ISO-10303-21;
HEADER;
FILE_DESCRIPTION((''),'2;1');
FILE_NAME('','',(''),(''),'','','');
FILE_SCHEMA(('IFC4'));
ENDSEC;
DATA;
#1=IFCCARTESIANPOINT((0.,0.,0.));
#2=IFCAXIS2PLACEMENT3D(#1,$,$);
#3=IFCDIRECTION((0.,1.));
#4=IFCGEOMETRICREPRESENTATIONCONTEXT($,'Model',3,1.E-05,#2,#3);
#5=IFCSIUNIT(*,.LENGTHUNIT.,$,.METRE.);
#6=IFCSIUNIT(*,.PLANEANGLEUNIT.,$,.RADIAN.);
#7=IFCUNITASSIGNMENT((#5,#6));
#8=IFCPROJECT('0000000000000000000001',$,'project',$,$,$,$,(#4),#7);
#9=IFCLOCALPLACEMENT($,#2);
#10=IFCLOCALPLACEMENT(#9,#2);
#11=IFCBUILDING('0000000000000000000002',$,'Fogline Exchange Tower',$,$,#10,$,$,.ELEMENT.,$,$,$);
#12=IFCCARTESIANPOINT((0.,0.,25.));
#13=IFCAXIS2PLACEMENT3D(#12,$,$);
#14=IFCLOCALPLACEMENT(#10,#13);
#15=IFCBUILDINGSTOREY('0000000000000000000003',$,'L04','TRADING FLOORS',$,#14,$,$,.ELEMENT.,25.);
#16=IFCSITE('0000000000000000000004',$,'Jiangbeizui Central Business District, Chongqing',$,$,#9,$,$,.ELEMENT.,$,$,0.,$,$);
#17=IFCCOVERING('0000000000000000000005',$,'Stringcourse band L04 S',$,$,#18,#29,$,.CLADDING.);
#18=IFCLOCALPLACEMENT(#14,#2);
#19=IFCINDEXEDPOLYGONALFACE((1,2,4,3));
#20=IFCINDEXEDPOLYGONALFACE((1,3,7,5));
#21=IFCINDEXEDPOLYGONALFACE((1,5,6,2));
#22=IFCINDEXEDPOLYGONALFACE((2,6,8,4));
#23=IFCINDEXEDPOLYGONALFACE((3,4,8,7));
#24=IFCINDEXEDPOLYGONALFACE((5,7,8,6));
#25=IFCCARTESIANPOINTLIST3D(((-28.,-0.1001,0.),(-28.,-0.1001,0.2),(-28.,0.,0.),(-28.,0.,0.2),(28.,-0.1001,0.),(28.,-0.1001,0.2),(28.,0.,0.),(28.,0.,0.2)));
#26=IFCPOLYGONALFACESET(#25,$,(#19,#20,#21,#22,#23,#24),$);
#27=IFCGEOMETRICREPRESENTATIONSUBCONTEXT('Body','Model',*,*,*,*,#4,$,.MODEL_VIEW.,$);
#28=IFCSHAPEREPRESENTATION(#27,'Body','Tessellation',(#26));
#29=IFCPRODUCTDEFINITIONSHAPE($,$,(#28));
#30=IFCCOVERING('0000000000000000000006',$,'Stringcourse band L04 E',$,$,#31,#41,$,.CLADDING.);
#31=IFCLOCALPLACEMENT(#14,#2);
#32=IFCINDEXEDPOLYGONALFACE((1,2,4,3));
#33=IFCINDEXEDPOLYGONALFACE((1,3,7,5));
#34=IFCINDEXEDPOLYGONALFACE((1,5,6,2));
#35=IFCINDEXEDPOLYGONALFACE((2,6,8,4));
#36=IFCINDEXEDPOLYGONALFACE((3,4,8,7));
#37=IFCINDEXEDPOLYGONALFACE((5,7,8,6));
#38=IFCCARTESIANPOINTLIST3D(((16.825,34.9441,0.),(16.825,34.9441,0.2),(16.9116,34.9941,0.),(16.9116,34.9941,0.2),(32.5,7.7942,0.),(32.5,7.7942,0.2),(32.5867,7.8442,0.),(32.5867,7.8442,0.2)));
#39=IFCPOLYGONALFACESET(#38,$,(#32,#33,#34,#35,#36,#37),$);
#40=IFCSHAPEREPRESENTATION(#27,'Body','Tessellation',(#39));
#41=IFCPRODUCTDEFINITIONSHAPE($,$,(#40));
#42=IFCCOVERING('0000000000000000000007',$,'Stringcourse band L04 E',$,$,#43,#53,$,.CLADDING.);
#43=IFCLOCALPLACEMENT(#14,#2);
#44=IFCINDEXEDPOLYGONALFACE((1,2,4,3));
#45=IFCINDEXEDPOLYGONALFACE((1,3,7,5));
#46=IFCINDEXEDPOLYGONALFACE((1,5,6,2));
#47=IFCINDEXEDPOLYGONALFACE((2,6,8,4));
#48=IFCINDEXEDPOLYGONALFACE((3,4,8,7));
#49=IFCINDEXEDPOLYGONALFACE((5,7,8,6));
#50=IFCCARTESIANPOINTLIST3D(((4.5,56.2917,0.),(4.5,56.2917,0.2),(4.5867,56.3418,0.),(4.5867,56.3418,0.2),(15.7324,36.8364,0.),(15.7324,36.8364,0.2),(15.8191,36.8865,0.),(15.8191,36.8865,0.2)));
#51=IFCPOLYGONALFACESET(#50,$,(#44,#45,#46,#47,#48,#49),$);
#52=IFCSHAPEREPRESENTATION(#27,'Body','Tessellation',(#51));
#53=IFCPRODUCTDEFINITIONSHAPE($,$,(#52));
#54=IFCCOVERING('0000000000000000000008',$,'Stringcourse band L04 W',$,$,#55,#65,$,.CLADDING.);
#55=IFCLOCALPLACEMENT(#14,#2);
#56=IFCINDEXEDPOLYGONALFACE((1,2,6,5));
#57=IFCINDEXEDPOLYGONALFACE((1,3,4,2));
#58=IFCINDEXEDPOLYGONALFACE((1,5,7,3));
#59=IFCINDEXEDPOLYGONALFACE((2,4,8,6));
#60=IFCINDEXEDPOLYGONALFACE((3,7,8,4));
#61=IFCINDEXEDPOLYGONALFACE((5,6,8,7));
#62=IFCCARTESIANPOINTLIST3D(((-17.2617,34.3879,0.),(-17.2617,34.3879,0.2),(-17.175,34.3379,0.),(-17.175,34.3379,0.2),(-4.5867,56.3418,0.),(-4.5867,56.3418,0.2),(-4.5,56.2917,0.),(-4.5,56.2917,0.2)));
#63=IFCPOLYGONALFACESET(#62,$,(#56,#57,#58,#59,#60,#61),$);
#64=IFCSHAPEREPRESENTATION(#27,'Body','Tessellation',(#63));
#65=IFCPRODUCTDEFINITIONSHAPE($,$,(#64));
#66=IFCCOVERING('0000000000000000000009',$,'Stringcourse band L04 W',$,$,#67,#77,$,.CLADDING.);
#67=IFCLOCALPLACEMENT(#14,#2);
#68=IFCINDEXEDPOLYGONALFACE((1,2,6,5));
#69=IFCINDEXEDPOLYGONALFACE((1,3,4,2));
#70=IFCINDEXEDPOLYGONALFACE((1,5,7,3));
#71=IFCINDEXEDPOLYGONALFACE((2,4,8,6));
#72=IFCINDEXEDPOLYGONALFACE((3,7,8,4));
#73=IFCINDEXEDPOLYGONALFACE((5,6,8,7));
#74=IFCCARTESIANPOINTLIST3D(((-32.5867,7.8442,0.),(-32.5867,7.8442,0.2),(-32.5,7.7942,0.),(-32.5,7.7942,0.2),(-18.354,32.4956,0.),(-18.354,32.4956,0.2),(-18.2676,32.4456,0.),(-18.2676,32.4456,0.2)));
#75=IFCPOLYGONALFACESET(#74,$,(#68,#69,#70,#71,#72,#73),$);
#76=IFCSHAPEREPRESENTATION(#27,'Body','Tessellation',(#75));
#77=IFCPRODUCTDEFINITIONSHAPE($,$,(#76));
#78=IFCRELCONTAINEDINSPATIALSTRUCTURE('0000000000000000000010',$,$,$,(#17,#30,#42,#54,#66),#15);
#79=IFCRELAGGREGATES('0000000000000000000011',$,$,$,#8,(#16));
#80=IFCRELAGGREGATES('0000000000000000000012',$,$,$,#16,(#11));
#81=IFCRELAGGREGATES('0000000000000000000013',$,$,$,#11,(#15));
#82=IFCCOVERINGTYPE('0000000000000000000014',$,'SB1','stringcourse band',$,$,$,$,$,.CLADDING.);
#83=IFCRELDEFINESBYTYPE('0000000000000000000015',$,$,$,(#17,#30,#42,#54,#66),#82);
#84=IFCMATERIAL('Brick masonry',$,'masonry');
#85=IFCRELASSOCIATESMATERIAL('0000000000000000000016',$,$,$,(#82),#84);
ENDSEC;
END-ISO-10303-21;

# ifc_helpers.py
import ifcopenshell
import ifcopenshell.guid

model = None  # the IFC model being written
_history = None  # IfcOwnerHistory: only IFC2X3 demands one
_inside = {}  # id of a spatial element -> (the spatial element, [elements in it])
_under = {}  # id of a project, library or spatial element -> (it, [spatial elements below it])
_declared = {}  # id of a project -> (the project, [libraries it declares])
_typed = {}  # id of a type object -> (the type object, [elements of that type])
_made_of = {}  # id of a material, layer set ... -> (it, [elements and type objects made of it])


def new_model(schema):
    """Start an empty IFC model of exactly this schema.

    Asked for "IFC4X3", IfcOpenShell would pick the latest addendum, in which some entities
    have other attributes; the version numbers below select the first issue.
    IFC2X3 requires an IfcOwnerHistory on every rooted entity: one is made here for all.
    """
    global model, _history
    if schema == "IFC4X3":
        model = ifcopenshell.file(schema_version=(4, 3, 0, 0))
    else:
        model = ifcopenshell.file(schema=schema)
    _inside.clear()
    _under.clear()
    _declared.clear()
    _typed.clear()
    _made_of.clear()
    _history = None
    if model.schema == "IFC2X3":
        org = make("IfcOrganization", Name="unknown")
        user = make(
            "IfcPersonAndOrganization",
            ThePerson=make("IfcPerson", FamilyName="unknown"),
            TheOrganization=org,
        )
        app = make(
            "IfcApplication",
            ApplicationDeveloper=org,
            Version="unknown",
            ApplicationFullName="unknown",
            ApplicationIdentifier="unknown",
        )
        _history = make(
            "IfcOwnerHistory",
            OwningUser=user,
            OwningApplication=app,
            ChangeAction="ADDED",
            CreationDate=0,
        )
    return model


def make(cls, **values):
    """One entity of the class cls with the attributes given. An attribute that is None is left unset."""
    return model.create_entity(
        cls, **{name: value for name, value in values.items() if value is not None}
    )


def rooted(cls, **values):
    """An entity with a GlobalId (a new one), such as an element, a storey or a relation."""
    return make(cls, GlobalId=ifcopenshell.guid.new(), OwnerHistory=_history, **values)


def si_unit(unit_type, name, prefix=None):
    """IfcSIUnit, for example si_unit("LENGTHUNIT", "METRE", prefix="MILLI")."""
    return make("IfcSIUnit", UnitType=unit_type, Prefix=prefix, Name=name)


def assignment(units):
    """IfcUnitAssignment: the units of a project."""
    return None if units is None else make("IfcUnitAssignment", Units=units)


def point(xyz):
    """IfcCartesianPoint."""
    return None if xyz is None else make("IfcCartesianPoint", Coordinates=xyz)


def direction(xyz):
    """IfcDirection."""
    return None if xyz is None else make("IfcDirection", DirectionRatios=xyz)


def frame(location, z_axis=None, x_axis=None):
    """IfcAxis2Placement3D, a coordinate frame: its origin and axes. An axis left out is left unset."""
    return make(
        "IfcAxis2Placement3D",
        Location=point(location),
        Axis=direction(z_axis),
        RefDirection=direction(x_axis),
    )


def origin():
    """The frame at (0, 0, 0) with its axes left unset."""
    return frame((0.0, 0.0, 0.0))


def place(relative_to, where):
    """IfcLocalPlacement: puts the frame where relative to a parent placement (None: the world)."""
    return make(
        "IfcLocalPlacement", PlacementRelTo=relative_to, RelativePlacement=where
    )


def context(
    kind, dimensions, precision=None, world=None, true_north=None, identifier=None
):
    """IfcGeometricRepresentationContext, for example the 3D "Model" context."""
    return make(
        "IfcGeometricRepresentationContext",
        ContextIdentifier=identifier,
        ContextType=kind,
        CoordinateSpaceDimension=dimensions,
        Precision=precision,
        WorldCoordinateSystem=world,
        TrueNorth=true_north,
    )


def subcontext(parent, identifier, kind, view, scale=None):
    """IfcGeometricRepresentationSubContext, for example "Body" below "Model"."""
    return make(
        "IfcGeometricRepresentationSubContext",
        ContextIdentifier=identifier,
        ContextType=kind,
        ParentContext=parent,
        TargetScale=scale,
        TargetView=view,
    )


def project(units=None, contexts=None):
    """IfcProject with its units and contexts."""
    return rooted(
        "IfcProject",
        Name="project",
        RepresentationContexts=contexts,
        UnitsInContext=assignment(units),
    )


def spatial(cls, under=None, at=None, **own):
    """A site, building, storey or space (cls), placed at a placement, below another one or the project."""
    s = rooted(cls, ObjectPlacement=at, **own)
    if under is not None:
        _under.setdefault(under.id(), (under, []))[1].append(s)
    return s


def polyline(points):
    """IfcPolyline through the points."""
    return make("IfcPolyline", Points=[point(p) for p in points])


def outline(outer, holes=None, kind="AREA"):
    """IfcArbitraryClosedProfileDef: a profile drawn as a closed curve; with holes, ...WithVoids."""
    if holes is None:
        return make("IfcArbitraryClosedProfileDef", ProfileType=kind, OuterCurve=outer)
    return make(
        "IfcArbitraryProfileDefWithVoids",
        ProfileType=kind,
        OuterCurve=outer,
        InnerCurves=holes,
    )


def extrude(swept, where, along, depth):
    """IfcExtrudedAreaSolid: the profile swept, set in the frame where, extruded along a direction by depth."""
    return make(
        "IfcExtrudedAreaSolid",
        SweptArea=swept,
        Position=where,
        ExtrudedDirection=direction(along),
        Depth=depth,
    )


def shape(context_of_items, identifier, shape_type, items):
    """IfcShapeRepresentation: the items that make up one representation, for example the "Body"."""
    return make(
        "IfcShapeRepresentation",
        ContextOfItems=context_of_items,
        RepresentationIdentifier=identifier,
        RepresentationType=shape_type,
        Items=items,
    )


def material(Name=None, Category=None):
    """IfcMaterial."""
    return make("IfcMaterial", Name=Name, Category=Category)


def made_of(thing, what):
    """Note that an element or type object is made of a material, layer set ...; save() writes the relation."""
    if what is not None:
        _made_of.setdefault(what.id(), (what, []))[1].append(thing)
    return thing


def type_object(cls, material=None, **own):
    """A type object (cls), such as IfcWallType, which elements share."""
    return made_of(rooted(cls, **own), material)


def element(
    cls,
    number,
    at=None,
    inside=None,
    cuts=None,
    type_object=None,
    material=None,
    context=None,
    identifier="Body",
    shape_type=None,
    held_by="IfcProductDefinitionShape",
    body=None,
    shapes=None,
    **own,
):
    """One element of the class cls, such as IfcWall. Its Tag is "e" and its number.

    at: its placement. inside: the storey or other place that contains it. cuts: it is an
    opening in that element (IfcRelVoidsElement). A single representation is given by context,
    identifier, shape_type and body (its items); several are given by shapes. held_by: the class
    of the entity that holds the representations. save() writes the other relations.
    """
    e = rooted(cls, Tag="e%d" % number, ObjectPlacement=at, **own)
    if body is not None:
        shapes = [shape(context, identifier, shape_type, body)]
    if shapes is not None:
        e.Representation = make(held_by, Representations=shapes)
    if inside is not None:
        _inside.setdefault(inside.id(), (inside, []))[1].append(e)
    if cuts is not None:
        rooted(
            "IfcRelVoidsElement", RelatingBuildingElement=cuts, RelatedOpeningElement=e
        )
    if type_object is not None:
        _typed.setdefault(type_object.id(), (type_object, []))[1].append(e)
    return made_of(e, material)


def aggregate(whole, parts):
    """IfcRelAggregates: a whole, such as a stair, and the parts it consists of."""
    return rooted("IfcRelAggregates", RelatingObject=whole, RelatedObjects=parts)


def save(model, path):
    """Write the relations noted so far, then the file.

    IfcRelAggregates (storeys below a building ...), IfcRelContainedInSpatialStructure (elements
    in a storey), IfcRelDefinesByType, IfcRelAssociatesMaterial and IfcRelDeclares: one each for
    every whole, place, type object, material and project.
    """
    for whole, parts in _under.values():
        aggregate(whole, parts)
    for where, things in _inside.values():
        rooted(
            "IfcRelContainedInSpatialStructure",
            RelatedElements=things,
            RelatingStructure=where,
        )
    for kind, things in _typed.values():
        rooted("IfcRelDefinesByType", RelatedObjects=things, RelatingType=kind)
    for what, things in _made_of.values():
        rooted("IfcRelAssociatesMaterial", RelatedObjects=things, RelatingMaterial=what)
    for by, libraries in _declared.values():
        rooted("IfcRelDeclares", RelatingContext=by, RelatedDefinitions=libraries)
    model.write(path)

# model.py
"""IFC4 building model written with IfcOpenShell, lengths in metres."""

from ifc_helpers import new_model, si_unit, direction, frame, origin, place, context, subcontext, project, spatial, polyline, outline, extrude, material, type_object, element, save


model = new_model("IFC4")

# Units and contexts
model_context = context("Model", 3, precision=1e-05, world=origin(), true_north=direction((0.0, 1.0)))
body_context = subcontext(model_context, "Body", "Model", "MODEL_VIEW")
ifc_project = project(units=[si_unit("LENGTHUNIT", "METRE"), si_unit("PLANEANGLEUNIT", "RADIAN")], contexts=[model_context])

# Site, building, storey
site_placement = place(None, origin())
site = spatial("IfcSite", under=ifc_project, at=site_placement, Name="Jiangbeizui Central Business District, Chongqing", CompositionType="ELEMENT", RefElevation=0.0)
building_placement = place(site_placement, origin())
building = spatial("IfcBuilding", under=site, at=building_placement, Name="Fogline Exchange Tower", CompositionType="ELEMENT")
storey_placement = place(building_placement, frame((0.0, 0.0, 25.0)))
storey = spatial("IfcBuildingStorey", under=building, at=storey_placement, Name="L04", Description="TRADING FLOORS", CompositionType="ELEMENT", Elevation=25.0)

# Shared definitions
ifc_material_1 = material(Name="Brick masonry", Category="masonry")

# Coverings
covering_type = type_object("IfcCoveringType", Name="SB1", Description="stringcourse band", PredefinedType="CLADDING", material=ifc_material_1)
covering_1_placement = place(storey_placement, origin())
element("IfcCovering", 1, at=covering_1_placement, inside=storey, type_object=covering_type, Name="Stringcourse band L04 S", PredefinedType="CLADDING", context=body_context, shape_type="SweptSolid", body=[
    extrude(outline(polyline([(-28.0, 0.0), (-28.0, -0.1001), (28.0, -0.1001), (28.0, 0.0), (-28.0, 0.0)])), origin(), (0.0, 0.0, 1.0), 0.2),
])
covering_2_placement = place(storey_placement, origin())
element("IfcCovering", 2, at=covering_2_placement, inside=storey, type_object=covering_type, Name="Stringcourse band L04 E", PredefinedType="CLADDING", context=body_context, shape_type="SweptSolid", body=[
    extrude(outline(polyline([(32.5, 7.7942), (32.5867, 7.8442), (16.9116, 34.9941), (16.825, 34.9441), (32.5, 7.7942)])), origin(), (0.0, 0.0, 1.0), 0.2),
])
covering_3_placement = place(storey_placement, origin())
element("IfcCovering", 3, at=covering_3_placement, inside=storey, type_object=covering_type, Name="Stringcourse band L04 E", PredefinedType="CLADDING", context=body_context, shape_type="SweptSolid", body=[
    extrude(outline(polyline([(15.7324, 36.8364), (15.8191, 36.8865), (4.5867, 56.3418), (4.5, 56.2917), (15.7324, 36.8364)])), origin(), (0.0, 0.0, 1.0), 0.2),
])
covering_4_placement = place(storey_placement, origin())
element("IfcCovering", 4, at=covering_4_placement, inside=storey, type_object=covering_type, Name="Stringcourse band L04 W", PredefinedType="CLADDING", context=body_context, shape_type="SweptSolid", body=[
    extrude(outline(polyline([(-4.5, 56.2917), (-4.5867, 56.3418), (-17.2617, 34.3879), (-17.175, 34.3379), (-4.5, 56.2917)])), origin(), (0.0, 0.0, 1.0), 0.2),
])
covering_5_placement = place(storey_placement, origin())
element("IfcCovering", 5, at=covering_5_placement, inside=storey, type_object=covering_type, Name="Stringcourse band L04 W", PredefinedType="CLADDING", context=body_context, shape_type="SweptSolid", body=[
    extrude(outline(polyline([(-18.2676, 32.4456), (-18.354, 32.4956), (-32.5867, 7.8442), (-32.5, 7.7942), (-18.2676, 32.4456)])), origin(), (0.0, 0.0, 1.0), 0.2),
])

save(model, "model.ifc")
